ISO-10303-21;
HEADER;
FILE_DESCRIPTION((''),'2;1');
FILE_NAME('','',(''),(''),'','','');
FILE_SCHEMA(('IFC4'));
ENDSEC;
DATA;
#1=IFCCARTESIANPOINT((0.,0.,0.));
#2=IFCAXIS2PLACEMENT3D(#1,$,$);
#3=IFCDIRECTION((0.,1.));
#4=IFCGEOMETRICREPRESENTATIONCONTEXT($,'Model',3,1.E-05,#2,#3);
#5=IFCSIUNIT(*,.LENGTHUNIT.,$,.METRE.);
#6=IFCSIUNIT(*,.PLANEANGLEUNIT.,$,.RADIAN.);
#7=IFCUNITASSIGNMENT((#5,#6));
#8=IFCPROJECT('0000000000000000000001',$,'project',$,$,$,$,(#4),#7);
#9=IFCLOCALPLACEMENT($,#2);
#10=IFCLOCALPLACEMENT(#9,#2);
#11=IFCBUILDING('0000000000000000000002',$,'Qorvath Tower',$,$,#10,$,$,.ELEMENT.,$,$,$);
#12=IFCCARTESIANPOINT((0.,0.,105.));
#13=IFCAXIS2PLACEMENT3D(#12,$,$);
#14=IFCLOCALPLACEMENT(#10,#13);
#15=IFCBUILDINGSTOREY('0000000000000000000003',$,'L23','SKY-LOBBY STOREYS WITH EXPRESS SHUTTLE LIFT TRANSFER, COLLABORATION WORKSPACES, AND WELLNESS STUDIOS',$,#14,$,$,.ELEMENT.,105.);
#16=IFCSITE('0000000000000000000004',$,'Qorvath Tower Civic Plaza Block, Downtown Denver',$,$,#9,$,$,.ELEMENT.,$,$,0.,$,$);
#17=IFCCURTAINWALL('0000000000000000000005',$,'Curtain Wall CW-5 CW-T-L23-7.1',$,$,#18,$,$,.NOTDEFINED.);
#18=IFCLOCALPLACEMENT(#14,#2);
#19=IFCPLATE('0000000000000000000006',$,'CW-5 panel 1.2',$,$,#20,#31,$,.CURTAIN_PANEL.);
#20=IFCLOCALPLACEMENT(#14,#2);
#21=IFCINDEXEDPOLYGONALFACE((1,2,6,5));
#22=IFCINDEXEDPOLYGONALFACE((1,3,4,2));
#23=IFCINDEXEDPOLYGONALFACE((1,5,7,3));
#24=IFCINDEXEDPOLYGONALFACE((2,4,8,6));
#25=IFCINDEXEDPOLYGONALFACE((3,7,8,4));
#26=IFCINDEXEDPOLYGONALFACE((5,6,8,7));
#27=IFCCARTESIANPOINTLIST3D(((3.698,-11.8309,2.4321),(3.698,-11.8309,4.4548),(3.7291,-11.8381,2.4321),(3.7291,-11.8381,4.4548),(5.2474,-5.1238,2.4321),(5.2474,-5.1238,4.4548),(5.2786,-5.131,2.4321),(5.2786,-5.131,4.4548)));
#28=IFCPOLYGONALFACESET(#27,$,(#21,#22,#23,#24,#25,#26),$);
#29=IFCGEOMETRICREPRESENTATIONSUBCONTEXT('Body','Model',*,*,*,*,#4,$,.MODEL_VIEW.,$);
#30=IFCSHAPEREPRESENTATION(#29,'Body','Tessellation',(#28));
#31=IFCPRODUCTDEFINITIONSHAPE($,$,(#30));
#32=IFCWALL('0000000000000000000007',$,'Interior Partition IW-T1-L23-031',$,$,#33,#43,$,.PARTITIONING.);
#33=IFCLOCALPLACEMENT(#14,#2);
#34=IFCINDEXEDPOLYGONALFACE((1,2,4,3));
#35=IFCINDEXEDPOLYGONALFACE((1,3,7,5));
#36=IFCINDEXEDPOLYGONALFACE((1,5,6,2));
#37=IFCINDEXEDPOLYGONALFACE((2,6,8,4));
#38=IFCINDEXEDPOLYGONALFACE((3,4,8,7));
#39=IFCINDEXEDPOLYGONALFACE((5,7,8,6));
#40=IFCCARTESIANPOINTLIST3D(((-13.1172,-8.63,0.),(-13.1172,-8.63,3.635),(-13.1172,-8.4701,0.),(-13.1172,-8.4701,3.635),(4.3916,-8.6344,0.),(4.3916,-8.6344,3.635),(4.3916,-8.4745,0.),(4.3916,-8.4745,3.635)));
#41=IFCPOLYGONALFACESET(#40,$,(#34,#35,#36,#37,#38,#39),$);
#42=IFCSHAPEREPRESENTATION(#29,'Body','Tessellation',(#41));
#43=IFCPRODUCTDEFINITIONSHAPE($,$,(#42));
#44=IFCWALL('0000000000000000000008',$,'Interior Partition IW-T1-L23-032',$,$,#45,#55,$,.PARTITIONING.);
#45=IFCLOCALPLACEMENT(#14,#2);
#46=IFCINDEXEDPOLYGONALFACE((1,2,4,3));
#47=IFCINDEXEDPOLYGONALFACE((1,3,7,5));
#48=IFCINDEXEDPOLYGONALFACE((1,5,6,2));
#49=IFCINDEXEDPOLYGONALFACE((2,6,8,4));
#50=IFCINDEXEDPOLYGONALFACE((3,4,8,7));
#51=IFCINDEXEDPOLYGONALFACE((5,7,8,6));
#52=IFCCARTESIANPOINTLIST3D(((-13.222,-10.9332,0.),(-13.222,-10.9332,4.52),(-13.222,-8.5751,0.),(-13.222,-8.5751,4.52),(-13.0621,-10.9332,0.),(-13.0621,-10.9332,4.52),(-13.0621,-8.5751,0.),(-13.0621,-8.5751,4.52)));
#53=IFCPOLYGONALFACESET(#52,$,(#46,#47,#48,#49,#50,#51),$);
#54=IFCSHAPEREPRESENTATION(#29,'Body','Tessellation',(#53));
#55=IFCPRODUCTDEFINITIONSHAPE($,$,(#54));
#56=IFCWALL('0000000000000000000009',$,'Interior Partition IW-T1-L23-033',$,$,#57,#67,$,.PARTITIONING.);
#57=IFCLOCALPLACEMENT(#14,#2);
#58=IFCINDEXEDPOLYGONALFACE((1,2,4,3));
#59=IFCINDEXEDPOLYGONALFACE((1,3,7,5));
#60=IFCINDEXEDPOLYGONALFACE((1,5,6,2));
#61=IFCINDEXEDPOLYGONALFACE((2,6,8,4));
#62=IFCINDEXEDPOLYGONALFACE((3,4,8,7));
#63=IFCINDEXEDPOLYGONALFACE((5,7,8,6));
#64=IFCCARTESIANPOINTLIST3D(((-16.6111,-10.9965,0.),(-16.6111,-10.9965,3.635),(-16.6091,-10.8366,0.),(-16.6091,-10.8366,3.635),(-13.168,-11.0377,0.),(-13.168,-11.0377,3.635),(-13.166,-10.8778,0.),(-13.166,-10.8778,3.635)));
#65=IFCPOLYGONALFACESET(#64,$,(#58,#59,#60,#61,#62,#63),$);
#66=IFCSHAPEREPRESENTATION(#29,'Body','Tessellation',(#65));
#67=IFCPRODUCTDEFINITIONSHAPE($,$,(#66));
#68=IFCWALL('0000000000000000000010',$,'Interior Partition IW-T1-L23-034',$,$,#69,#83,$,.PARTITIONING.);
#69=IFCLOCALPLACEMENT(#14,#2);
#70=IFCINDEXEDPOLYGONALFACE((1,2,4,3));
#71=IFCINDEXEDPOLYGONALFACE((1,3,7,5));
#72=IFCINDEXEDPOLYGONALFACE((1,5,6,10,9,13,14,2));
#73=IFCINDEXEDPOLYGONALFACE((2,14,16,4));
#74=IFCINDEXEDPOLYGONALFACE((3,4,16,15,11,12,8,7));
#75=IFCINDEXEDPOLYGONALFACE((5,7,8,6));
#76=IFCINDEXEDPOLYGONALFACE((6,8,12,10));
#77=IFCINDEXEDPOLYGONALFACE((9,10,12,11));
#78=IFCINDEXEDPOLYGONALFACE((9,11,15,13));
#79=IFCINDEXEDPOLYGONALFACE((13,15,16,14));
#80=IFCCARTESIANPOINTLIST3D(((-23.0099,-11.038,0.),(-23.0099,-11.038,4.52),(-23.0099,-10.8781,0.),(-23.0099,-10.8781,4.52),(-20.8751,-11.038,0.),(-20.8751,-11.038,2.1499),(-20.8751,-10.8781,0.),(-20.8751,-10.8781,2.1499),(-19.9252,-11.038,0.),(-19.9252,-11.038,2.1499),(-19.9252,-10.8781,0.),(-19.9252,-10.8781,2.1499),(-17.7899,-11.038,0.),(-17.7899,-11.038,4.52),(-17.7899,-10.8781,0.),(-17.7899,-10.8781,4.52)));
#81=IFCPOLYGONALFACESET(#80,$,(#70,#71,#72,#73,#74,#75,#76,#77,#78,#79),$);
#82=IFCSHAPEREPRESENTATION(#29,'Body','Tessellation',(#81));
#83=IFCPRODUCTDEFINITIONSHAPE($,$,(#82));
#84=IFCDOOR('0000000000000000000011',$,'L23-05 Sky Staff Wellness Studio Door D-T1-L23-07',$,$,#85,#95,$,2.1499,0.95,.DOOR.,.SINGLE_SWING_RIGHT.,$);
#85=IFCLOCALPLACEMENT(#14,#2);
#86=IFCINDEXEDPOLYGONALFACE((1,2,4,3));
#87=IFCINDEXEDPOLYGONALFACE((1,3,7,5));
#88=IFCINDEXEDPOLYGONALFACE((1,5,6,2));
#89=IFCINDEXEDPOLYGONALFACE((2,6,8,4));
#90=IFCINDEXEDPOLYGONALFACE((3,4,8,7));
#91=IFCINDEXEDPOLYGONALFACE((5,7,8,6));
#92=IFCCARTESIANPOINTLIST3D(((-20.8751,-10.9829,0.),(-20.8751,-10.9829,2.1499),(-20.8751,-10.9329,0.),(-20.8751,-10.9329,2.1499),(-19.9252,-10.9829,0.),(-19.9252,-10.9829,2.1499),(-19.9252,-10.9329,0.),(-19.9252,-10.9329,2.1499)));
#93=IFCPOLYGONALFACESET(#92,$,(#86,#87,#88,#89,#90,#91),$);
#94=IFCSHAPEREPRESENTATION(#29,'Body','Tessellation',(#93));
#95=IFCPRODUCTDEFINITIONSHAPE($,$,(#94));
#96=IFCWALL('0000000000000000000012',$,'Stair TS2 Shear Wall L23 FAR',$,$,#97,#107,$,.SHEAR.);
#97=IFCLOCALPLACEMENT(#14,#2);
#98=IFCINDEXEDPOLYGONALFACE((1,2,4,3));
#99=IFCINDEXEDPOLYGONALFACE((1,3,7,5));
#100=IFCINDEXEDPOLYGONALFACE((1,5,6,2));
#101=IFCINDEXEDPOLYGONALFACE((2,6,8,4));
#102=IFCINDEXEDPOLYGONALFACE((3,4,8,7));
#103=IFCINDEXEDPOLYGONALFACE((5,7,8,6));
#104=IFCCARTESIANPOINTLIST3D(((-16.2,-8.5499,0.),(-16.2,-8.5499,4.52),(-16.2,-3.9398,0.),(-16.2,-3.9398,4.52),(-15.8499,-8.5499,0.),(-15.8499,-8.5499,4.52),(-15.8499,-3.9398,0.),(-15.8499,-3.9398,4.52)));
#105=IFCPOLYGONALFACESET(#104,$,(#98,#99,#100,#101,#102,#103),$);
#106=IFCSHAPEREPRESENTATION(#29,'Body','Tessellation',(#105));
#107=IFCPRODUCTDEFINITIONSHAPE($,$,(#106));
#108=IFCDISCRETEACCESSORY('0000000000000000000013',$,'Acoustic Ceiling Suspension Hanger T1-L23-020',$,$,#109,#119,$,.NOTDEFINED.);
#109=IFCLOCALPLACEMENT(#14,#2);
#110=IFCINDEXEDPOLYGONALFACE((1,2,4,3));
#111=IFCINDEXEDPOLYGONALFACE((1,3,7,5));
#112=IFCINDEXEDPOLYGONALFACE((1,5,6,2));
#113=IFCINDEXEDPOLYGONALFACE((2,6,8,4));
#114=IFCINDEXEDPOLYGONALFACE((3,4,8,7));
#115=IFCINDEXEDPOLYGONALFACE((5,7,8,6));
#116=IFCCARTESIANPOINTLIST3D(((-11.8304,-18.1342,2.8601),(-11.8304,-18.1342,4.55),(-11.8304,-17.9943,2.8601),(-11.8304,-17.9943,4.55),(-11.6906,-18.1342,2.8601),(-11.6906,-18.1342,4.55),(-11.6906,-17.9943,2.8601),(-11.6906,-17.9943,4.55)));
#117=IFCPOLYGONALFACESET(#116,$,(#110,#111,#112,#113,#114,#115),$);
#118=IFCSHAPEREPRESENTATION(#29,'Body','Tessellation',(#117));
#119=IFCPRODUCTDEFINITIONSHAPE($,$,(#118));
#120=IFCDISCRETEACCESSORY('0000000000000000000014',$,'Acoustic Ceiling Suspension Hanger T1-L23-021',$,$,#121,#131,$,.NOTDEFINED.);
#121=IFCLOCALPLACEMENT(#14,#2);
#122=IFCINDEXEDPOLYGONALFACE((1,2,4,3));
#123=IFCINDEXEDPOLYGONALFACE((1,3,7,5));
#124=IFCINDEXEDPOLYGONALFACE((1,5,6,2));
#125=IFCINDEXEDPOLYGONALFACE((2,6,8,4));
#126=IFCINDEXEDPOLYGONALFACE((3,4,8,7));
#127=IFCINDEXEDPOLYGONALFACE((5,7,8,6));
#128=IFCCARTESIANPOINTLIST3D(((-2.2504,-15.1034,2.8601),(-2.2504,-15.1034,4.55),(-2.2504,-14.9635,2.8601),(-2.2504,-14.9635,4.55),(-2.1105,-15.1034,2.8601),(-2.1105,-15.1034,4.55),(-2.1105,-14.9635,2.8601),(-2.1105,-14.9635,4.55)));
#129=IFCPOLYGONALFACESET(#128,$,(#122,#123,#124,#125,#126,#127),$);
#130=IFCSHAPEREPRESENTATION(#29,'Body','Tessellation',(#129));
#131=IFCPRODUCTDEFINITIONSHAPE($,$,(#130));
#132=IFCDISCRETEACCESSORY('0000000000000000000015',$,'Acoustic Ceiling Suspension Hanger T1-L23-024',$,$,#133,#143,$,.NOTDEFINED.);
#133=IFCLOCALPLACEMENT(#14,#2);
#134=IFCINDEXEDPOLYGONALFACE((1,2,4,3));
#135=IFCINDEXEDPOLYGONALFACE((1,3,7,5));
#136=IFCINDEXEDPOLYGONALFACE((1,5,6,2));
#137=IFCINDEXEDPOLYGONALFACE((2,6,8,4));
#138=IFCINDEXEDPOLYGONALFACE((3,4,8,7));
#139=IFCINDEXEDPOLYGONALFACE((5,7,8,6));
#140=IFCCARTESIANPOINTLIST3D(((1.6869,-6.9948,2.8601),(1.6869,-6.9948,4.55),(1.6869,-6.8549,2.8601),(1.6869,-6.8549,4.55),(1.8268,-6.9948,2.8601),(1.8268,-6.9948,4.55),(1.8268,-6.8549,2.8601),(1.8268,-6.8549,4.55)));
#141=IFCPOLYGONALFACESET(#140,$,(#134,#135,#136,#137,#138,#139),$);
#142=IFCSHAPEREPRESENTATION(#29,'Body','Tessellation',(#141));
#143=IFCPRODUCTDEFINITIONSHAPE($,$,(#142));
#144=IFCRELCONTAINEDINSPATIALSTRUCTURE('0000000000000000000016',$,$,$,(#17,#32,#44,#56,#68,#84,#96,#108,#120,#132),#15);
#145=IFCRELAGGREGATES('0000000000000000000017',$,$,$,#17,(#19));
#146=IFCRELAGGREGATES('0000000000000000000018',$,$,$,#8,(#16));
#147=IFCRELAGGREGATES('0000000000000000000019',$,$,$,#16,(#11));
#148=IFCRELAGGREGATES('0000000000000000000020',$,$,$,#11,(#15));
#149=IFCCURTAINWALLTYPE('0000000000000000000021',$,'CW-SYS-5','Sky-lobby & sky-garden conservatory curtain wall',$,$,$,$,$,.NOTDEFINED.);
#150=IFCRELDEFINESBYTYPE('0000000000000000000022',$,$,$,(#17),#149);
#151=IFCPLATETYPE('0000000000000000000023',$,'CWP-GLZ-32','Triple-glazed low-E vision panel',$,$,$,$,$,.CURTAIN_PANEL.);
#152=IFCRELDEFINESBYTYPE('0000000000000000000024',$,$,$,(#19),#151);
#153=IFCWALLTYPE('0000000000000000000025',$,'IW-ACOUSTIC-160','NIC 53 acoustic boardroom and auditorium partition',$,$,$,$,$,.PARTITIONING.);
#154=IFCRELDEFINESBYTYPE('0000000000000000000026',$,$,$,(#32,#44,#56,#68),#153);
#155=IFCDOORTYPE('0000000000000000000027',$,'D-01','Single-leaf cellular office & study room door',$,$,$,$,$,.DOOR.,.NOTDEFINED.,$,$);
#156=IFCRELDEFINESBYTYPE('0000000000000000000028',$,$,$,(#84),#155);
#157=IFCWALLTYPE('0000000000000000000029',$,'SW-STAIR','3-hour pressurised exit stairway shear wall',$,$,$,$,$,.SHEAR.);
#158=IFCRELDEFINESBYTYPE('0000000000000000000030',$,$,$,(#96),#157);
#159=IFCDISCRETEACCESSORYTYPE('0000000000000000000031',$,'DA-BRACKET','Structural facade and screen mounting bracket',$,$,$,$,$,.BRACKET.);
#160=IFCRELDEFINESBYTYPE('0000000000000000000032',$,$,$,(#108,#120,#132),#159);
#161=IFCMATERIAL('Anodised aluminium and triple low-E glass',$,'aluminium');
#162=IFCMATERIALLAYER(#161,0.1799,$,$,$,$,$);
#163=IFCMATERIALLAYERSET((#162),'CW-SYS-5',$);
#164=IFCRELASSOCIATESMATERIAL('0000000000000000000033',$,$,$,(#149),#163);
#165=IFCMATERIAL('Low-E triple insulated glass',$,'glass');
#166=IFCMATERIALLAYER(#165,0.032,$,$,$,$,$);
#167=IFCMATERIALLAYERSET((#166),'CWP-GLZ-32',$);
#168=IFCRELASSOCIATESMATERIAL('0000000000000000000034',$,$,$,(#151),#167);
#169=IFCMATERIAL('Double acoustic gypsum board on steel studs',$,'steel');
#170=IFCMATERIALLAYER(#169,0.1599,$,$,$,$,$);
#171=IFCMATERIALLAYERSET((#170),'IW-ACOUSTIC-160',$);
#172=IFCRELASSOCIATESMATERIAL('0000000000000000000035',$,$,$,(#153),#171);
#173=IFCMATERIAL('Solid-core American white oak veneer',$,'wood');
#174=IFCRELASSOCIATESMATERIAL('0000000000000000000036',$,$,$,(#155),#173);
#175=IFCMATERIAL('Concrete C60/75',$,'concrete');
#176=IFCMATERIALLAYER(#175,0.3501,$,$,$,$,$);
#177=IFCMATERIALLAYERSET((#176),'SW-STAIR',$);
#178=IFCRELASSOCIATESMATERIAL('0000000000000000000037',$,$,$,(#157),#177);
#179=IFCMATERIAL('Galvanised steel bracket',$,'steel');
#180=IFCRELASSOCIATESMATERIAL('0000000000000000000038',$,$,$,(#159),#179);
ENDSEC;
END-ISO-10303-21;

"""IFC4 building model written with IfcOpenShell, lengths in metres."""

from ifc_helpers import new_model, si_unit, direction, frame, frame_2d, origin, origin_2d, place, context, subcontext, project, spatial, rectangle, extrude, material, layer, layer_set, type_object, element, fill, aggregate, save


model = new_model("IFC4")

# Units and contexts
model_context = context("Model", 3, precision=1e-05, world=origin(), true_north=direction((0.0, 1.0)))
body_context = subcontext(model_context, "Body", "Model", "MODEL_VIEW")
ifc_project = project(units=[si_unit("LENGTHUNIT", "METRE"), si_unit("PLANEANGLEUNIT", "RADIAN")], contexts=[model_context])

# Site, building, storey
site_placement = place(None, origin())
site = spatial("IfcSite", under=ifc_project, at=site_placement, Name="Qorvath Tower Civic Plaza Block, Downtown Denver", CompositionType="ELEMENT", RefElevation=0.0)
building_placement = place(site_placement, origin())
building = spatial("IfcBuilding", under=site, at=building_placement, Name="Qorvath Tower", CompositionType="ELEMENT")
storey_placement = place(building_placement, frame((0.0, 0.0, 105.0)))
storey = spatial("IfcBuildingStorey", under=building, at=storey_placement, Name="L23", Description="SKY-LOBBY STOREYS WITH EXPRESS SHUTTLE LIFT TRANSFER, COLLABORATION WORKSPACES, AND WELLNESS STUDIOS", CompositionType="ELEMENT", Elevation=105.0)

# Shared definitions
ifc_material_1 = material(Name="Anodised aluminium and triple low-E glass", Category="aluminium")
ifc_layer_1 = layer(ifc_material_1, 0.1799)
ifc_layer_set_1 = layer_set([ifc_layer_1], Name="CW-SYS-5")
curtain_wall_type = type_object("IfcCurtainWallType", Name="CW-SYS-5", Description="Sky-lobby & sky-garden conservatory curtain wall", PredefinedType="NOTDEFINED", material=ifc_layer_set_1)

# Curtain wall
curtain_wall_1_placement = place(storey_placement, origin())
curtain_wall_1 = element("IfcCurtainWall", 1, at=curtain_wall_1_placement, inside=storey, type_object=curtain_wall_type, Name="Curtain Wall CW-5 CW-T-L23-7.1", PredefinedType="NOTDEFINED")

# Plate
ifc_material_2 = material(Name="Low-E triple insulated glass", Category="glass")
ifc_layer_2 = layer(ifc_material_2, 0.032)
ifc_layer_set_2 = layer_set([ifc_layer_2], Name="CWP-GLZ-32")
plate_type = type_object("IfcPlateType", Name="CWP-GLZ-32", Description="Triple-glazed low-E vision panel", PredefinedType="CURTAIN_PANEL", material=ifc_layer_set_2)
plate_1_placement = place(storey_placement, frame((4.4883, -8.481, 2.4321), z_axis=(0.0, 0.0, 1.0), x_axis=(0.225085, 0.974339, 0.0)))
plate_1 = element("IfcPlate", 2, at=plate_1_placement, type_object=plate_type, Name="CW-5 panel 1.2", PredefinedType="CURTAIN_PANEL", context=body_context, shape_type="SweptSolid", body=[
    extrude(rectangle(XDim=6.8838, YDim=0.032, at=origin_2d()), origin(), (0.0, 0.0, 1.0), 2.0227),
])
aggregate(curtain_wall_1, [plate_1])

# Walls
ifc_material_3 = material(Name="Double acoustic gypsum board on steel studs", Category="steel")
ifc_layer_3 = layer(ifc_material_3, 0.1599)
ifc_layer_set_3 = layer_set([ifc_layer_3], Name="IW-ACOUSTIC-160")
wall_type_1 = type_object("IfcWallType", Name="IW-ACOUSTIC-160", Description="NIC 53 acoustic boardroom and auditorium partition", PredefinedType="PARTITIONING", material=ifc_layer_set_3)
wall_1_placement = place(storey_placement, frame((4.3916, -8.5544, 0.0), z_axis=(0.0, 0.0, 1.0), x_axis=(-1.0, 0.000251, 0.0)))
element("IfcWall", 3, at=wall_1_placement, inside=storey, type_object=wall_type_1, Name="Interior Partition IW-T1-L23-031", PredefinedType="PARTITIONING", context=body_context, shape_type="SweptSolid", body=[
    extrude(rectangle(XDim=17.5088, YDim=0.1599, at=frame_2d((8.7544, 0.0))), origin(), (0.0, 0.0, 1.0), 3.635),
])
wall_2_placement = place(storey_placement, frame((-13.1421, -8.575, 0.0), z_axis=(0.0, 0.0, 1.0), x_axis=(0.0, -1.0, 0.0)))
element("IfcWall", 4, at=wall_2_placement, inside=storey, type_object=wall_type_1, Name="Interior Partition IW-T1-L23-032", PredefinedType="PARTITIONING", context=body_context, shape_type="SweptSolid", body=[
    extrude(rectangle(XDim=2.3582, YDim=0.1599, at=frame_2d((1.1792, 0.0))), origin(), (0.0, 0.0, 1.0), 4.52),
])
wall_3_placement = place(storey_placement, frame((-13.167, -10.9578, 0.0), z_axis=(0.0, 0.0, 1.0), x_axis=(-0.999928, 0.011982, 0.0)))
element("IfcWall", 5, at=wall_3_placement, inside=storey, type_object=wall_type_1, Name="Interior Partition IW-T1-L23-033", PredefinedType="PARTITIONING", context=body_context, shape_type="SweptSolid", body=[
    extrude(rectangle(XDim=3.4434, YDim=0.1599, at=frame_2d((1.7217, 0.0))), origin(), (0.0, 0.0, 1.0), 3.635),
])

# Wall, opening, door
wall_4_placement = place(storey_placement, frame((-17.79, -10.958, 0.0), z_axis=(0.0, 0.0, 1.0), x_axis=(-1.0, 0.0, 0.0)))
wall_4 = element("IfcWall", 6, at=wall_4_placement, inside=storey, type_object=wall_type_1, Name="Interior Partition IW-T1-L23-034", PredefinedType="PARTITIONING", context=body_context, shape_type="SweptSolid", body=[
    extrude(rectangle(XDim=5.22, YDim=0.1599, at=frame_2d((2.6099, 0.0))), origin(), (0.0, 0.0, 1.0), 4.52),
])
opening_placement = place(wall_4_placement, frame((2.135, 0.0, 0.0)))
opening = element("IfcOpeningElement", 7, at=opening_placement, cuts=wall_4, PredefinedType="OPENING", context=body_context, shape_type="SweptSolid", body=[
    extrude(rectangle(XDim=0.95, YDim=2.1499, at=frame_2d((0.4751, 1.075))), frame((0.0, 0.0898, 0.0), z_axis=(0.0, -1.0, 0.0), x_axis=(1.0, 0.0, 0.0)), (0.0, 0.0, 1.0), 0.1799),
])
ifc_material_4 = material(Name="Solid-core American white oak veneer", Category="wood")
door_type = type_object("IfcDoorType", Name="D-01", Description="Single-leaf cellular office & study room door", OperationType="NOTDEFINED", PredefinedType="DOOR", material=ifc_material_4)
door_placement = place(opening_placement, origin())
door = element("IfcDoor", 8, at=door_placement, inside=storey, type_object=door_type, Name="L23-05 Sky Staff Wellness Studio Door D-T1-L23-07", OperationType="SINGLE_SWING_RIGHT", OverallHeight=2.1499, OverallWidth=0.95, PredefinedType="DOOR", context=body_context, shape_type="SweptSolid", body=[
    extrude(rectangle(XDim=0.95, YDim=2.1499, at=frame_2d((0.4751, 1.075))), frame((0.0, 0.0249, 0.0), z_axis=(0.0, -1.0, 0.0), x_axis=(1.0, 0.0, 0.0)), (0.0, 0.0, 1.0), 0.05),
])
fill(opening, door)

# Wall
ifc_material_5 = material(Name="Concrete C60/75", Category="concrete")
ifc_layer_4 = layer(ifc_material_5, 0.3501)
ifc_layer_set_4 = layer_set([ifc_layer_4], Name="SW-STAIR")
wall_type_2 = type_object("IfcWallType", Name="SW-STAIR", Description="3-hour pressurised exit stairway shear wall", PredefinedType="SHEAR", material=ifc_layer_set_4)
wall_5_placement = place(storey_placement, frame((-16.0249, -8.55, 0.0), z_axis=(0.0, 0.0, 1.0), x_axis=(0.0, 1.0, 0.0)))
element("IfcWall", 9, at=wall_5_placement, inside=storey, type_object=wall_type_2, Name="Stair TS2 Shear Wall L23 FAR", PredefinedType="SHEAR", context=body_context, shape_type="SweptSolid", body=[
    extrude(rectangle(XDim=4.6101, YDim=0.3501, at=frame_2d((2.3052, 0.0))), origin(), (0.0, 0.0, 1.0), 4.52),
])

# Discrete accessories
ifc_material_6 = material(Name="Galvanised steel bracket", Category="steel")
discrete_accessory_type = type_object("IfcDiscreteAccessoryType", Name="DA-BRACKET", Description="Structural facade and screen mounting bracket", PredefinedType="BRACKET", material=ifc_material_6)
for number, where, z_axis, x_axis, name in (
    (10, (-11.7605, -18.0642, 2.8601), (0.0, 0.0, 1.0), (1.0, 0.0, 0.0), "Acoustic Ceiling Suspension Hanger T1-L23-020"),
    (11, (-2.1804, -15.0334, 2.8601), (0.0, 0.0, 1.0), (1.0, 0.0, 0.0), "Acoustic Ceiling Suspension Hanger T1-L23-021"),
    (12, (1.7568, -6.9248, 2.8601), (0.0, 0.0, 1.0), (1.0, 0.0, 0.0), "Acoustic Ceiling Suspension Hanger T1-L23-024"),
):
    element("IfcDiscreteAccessory", number, at=place(storey_placement, frame(where, z_axis=z_axis, x_axis=x_axis)), inside=storey, type_object=discrete_accessory_type, Name=name, PredefinedType="NOTDEFINED", context=body_context, shape_type="SweptSolid", body=[
        extrude(rectangle(XDim=0.1399, YDim=0.1399, at=origin_2d()), origin(), (0.0, 0.0, 1.0), 1.6899),
    ])

save(model, "model.ifc")
